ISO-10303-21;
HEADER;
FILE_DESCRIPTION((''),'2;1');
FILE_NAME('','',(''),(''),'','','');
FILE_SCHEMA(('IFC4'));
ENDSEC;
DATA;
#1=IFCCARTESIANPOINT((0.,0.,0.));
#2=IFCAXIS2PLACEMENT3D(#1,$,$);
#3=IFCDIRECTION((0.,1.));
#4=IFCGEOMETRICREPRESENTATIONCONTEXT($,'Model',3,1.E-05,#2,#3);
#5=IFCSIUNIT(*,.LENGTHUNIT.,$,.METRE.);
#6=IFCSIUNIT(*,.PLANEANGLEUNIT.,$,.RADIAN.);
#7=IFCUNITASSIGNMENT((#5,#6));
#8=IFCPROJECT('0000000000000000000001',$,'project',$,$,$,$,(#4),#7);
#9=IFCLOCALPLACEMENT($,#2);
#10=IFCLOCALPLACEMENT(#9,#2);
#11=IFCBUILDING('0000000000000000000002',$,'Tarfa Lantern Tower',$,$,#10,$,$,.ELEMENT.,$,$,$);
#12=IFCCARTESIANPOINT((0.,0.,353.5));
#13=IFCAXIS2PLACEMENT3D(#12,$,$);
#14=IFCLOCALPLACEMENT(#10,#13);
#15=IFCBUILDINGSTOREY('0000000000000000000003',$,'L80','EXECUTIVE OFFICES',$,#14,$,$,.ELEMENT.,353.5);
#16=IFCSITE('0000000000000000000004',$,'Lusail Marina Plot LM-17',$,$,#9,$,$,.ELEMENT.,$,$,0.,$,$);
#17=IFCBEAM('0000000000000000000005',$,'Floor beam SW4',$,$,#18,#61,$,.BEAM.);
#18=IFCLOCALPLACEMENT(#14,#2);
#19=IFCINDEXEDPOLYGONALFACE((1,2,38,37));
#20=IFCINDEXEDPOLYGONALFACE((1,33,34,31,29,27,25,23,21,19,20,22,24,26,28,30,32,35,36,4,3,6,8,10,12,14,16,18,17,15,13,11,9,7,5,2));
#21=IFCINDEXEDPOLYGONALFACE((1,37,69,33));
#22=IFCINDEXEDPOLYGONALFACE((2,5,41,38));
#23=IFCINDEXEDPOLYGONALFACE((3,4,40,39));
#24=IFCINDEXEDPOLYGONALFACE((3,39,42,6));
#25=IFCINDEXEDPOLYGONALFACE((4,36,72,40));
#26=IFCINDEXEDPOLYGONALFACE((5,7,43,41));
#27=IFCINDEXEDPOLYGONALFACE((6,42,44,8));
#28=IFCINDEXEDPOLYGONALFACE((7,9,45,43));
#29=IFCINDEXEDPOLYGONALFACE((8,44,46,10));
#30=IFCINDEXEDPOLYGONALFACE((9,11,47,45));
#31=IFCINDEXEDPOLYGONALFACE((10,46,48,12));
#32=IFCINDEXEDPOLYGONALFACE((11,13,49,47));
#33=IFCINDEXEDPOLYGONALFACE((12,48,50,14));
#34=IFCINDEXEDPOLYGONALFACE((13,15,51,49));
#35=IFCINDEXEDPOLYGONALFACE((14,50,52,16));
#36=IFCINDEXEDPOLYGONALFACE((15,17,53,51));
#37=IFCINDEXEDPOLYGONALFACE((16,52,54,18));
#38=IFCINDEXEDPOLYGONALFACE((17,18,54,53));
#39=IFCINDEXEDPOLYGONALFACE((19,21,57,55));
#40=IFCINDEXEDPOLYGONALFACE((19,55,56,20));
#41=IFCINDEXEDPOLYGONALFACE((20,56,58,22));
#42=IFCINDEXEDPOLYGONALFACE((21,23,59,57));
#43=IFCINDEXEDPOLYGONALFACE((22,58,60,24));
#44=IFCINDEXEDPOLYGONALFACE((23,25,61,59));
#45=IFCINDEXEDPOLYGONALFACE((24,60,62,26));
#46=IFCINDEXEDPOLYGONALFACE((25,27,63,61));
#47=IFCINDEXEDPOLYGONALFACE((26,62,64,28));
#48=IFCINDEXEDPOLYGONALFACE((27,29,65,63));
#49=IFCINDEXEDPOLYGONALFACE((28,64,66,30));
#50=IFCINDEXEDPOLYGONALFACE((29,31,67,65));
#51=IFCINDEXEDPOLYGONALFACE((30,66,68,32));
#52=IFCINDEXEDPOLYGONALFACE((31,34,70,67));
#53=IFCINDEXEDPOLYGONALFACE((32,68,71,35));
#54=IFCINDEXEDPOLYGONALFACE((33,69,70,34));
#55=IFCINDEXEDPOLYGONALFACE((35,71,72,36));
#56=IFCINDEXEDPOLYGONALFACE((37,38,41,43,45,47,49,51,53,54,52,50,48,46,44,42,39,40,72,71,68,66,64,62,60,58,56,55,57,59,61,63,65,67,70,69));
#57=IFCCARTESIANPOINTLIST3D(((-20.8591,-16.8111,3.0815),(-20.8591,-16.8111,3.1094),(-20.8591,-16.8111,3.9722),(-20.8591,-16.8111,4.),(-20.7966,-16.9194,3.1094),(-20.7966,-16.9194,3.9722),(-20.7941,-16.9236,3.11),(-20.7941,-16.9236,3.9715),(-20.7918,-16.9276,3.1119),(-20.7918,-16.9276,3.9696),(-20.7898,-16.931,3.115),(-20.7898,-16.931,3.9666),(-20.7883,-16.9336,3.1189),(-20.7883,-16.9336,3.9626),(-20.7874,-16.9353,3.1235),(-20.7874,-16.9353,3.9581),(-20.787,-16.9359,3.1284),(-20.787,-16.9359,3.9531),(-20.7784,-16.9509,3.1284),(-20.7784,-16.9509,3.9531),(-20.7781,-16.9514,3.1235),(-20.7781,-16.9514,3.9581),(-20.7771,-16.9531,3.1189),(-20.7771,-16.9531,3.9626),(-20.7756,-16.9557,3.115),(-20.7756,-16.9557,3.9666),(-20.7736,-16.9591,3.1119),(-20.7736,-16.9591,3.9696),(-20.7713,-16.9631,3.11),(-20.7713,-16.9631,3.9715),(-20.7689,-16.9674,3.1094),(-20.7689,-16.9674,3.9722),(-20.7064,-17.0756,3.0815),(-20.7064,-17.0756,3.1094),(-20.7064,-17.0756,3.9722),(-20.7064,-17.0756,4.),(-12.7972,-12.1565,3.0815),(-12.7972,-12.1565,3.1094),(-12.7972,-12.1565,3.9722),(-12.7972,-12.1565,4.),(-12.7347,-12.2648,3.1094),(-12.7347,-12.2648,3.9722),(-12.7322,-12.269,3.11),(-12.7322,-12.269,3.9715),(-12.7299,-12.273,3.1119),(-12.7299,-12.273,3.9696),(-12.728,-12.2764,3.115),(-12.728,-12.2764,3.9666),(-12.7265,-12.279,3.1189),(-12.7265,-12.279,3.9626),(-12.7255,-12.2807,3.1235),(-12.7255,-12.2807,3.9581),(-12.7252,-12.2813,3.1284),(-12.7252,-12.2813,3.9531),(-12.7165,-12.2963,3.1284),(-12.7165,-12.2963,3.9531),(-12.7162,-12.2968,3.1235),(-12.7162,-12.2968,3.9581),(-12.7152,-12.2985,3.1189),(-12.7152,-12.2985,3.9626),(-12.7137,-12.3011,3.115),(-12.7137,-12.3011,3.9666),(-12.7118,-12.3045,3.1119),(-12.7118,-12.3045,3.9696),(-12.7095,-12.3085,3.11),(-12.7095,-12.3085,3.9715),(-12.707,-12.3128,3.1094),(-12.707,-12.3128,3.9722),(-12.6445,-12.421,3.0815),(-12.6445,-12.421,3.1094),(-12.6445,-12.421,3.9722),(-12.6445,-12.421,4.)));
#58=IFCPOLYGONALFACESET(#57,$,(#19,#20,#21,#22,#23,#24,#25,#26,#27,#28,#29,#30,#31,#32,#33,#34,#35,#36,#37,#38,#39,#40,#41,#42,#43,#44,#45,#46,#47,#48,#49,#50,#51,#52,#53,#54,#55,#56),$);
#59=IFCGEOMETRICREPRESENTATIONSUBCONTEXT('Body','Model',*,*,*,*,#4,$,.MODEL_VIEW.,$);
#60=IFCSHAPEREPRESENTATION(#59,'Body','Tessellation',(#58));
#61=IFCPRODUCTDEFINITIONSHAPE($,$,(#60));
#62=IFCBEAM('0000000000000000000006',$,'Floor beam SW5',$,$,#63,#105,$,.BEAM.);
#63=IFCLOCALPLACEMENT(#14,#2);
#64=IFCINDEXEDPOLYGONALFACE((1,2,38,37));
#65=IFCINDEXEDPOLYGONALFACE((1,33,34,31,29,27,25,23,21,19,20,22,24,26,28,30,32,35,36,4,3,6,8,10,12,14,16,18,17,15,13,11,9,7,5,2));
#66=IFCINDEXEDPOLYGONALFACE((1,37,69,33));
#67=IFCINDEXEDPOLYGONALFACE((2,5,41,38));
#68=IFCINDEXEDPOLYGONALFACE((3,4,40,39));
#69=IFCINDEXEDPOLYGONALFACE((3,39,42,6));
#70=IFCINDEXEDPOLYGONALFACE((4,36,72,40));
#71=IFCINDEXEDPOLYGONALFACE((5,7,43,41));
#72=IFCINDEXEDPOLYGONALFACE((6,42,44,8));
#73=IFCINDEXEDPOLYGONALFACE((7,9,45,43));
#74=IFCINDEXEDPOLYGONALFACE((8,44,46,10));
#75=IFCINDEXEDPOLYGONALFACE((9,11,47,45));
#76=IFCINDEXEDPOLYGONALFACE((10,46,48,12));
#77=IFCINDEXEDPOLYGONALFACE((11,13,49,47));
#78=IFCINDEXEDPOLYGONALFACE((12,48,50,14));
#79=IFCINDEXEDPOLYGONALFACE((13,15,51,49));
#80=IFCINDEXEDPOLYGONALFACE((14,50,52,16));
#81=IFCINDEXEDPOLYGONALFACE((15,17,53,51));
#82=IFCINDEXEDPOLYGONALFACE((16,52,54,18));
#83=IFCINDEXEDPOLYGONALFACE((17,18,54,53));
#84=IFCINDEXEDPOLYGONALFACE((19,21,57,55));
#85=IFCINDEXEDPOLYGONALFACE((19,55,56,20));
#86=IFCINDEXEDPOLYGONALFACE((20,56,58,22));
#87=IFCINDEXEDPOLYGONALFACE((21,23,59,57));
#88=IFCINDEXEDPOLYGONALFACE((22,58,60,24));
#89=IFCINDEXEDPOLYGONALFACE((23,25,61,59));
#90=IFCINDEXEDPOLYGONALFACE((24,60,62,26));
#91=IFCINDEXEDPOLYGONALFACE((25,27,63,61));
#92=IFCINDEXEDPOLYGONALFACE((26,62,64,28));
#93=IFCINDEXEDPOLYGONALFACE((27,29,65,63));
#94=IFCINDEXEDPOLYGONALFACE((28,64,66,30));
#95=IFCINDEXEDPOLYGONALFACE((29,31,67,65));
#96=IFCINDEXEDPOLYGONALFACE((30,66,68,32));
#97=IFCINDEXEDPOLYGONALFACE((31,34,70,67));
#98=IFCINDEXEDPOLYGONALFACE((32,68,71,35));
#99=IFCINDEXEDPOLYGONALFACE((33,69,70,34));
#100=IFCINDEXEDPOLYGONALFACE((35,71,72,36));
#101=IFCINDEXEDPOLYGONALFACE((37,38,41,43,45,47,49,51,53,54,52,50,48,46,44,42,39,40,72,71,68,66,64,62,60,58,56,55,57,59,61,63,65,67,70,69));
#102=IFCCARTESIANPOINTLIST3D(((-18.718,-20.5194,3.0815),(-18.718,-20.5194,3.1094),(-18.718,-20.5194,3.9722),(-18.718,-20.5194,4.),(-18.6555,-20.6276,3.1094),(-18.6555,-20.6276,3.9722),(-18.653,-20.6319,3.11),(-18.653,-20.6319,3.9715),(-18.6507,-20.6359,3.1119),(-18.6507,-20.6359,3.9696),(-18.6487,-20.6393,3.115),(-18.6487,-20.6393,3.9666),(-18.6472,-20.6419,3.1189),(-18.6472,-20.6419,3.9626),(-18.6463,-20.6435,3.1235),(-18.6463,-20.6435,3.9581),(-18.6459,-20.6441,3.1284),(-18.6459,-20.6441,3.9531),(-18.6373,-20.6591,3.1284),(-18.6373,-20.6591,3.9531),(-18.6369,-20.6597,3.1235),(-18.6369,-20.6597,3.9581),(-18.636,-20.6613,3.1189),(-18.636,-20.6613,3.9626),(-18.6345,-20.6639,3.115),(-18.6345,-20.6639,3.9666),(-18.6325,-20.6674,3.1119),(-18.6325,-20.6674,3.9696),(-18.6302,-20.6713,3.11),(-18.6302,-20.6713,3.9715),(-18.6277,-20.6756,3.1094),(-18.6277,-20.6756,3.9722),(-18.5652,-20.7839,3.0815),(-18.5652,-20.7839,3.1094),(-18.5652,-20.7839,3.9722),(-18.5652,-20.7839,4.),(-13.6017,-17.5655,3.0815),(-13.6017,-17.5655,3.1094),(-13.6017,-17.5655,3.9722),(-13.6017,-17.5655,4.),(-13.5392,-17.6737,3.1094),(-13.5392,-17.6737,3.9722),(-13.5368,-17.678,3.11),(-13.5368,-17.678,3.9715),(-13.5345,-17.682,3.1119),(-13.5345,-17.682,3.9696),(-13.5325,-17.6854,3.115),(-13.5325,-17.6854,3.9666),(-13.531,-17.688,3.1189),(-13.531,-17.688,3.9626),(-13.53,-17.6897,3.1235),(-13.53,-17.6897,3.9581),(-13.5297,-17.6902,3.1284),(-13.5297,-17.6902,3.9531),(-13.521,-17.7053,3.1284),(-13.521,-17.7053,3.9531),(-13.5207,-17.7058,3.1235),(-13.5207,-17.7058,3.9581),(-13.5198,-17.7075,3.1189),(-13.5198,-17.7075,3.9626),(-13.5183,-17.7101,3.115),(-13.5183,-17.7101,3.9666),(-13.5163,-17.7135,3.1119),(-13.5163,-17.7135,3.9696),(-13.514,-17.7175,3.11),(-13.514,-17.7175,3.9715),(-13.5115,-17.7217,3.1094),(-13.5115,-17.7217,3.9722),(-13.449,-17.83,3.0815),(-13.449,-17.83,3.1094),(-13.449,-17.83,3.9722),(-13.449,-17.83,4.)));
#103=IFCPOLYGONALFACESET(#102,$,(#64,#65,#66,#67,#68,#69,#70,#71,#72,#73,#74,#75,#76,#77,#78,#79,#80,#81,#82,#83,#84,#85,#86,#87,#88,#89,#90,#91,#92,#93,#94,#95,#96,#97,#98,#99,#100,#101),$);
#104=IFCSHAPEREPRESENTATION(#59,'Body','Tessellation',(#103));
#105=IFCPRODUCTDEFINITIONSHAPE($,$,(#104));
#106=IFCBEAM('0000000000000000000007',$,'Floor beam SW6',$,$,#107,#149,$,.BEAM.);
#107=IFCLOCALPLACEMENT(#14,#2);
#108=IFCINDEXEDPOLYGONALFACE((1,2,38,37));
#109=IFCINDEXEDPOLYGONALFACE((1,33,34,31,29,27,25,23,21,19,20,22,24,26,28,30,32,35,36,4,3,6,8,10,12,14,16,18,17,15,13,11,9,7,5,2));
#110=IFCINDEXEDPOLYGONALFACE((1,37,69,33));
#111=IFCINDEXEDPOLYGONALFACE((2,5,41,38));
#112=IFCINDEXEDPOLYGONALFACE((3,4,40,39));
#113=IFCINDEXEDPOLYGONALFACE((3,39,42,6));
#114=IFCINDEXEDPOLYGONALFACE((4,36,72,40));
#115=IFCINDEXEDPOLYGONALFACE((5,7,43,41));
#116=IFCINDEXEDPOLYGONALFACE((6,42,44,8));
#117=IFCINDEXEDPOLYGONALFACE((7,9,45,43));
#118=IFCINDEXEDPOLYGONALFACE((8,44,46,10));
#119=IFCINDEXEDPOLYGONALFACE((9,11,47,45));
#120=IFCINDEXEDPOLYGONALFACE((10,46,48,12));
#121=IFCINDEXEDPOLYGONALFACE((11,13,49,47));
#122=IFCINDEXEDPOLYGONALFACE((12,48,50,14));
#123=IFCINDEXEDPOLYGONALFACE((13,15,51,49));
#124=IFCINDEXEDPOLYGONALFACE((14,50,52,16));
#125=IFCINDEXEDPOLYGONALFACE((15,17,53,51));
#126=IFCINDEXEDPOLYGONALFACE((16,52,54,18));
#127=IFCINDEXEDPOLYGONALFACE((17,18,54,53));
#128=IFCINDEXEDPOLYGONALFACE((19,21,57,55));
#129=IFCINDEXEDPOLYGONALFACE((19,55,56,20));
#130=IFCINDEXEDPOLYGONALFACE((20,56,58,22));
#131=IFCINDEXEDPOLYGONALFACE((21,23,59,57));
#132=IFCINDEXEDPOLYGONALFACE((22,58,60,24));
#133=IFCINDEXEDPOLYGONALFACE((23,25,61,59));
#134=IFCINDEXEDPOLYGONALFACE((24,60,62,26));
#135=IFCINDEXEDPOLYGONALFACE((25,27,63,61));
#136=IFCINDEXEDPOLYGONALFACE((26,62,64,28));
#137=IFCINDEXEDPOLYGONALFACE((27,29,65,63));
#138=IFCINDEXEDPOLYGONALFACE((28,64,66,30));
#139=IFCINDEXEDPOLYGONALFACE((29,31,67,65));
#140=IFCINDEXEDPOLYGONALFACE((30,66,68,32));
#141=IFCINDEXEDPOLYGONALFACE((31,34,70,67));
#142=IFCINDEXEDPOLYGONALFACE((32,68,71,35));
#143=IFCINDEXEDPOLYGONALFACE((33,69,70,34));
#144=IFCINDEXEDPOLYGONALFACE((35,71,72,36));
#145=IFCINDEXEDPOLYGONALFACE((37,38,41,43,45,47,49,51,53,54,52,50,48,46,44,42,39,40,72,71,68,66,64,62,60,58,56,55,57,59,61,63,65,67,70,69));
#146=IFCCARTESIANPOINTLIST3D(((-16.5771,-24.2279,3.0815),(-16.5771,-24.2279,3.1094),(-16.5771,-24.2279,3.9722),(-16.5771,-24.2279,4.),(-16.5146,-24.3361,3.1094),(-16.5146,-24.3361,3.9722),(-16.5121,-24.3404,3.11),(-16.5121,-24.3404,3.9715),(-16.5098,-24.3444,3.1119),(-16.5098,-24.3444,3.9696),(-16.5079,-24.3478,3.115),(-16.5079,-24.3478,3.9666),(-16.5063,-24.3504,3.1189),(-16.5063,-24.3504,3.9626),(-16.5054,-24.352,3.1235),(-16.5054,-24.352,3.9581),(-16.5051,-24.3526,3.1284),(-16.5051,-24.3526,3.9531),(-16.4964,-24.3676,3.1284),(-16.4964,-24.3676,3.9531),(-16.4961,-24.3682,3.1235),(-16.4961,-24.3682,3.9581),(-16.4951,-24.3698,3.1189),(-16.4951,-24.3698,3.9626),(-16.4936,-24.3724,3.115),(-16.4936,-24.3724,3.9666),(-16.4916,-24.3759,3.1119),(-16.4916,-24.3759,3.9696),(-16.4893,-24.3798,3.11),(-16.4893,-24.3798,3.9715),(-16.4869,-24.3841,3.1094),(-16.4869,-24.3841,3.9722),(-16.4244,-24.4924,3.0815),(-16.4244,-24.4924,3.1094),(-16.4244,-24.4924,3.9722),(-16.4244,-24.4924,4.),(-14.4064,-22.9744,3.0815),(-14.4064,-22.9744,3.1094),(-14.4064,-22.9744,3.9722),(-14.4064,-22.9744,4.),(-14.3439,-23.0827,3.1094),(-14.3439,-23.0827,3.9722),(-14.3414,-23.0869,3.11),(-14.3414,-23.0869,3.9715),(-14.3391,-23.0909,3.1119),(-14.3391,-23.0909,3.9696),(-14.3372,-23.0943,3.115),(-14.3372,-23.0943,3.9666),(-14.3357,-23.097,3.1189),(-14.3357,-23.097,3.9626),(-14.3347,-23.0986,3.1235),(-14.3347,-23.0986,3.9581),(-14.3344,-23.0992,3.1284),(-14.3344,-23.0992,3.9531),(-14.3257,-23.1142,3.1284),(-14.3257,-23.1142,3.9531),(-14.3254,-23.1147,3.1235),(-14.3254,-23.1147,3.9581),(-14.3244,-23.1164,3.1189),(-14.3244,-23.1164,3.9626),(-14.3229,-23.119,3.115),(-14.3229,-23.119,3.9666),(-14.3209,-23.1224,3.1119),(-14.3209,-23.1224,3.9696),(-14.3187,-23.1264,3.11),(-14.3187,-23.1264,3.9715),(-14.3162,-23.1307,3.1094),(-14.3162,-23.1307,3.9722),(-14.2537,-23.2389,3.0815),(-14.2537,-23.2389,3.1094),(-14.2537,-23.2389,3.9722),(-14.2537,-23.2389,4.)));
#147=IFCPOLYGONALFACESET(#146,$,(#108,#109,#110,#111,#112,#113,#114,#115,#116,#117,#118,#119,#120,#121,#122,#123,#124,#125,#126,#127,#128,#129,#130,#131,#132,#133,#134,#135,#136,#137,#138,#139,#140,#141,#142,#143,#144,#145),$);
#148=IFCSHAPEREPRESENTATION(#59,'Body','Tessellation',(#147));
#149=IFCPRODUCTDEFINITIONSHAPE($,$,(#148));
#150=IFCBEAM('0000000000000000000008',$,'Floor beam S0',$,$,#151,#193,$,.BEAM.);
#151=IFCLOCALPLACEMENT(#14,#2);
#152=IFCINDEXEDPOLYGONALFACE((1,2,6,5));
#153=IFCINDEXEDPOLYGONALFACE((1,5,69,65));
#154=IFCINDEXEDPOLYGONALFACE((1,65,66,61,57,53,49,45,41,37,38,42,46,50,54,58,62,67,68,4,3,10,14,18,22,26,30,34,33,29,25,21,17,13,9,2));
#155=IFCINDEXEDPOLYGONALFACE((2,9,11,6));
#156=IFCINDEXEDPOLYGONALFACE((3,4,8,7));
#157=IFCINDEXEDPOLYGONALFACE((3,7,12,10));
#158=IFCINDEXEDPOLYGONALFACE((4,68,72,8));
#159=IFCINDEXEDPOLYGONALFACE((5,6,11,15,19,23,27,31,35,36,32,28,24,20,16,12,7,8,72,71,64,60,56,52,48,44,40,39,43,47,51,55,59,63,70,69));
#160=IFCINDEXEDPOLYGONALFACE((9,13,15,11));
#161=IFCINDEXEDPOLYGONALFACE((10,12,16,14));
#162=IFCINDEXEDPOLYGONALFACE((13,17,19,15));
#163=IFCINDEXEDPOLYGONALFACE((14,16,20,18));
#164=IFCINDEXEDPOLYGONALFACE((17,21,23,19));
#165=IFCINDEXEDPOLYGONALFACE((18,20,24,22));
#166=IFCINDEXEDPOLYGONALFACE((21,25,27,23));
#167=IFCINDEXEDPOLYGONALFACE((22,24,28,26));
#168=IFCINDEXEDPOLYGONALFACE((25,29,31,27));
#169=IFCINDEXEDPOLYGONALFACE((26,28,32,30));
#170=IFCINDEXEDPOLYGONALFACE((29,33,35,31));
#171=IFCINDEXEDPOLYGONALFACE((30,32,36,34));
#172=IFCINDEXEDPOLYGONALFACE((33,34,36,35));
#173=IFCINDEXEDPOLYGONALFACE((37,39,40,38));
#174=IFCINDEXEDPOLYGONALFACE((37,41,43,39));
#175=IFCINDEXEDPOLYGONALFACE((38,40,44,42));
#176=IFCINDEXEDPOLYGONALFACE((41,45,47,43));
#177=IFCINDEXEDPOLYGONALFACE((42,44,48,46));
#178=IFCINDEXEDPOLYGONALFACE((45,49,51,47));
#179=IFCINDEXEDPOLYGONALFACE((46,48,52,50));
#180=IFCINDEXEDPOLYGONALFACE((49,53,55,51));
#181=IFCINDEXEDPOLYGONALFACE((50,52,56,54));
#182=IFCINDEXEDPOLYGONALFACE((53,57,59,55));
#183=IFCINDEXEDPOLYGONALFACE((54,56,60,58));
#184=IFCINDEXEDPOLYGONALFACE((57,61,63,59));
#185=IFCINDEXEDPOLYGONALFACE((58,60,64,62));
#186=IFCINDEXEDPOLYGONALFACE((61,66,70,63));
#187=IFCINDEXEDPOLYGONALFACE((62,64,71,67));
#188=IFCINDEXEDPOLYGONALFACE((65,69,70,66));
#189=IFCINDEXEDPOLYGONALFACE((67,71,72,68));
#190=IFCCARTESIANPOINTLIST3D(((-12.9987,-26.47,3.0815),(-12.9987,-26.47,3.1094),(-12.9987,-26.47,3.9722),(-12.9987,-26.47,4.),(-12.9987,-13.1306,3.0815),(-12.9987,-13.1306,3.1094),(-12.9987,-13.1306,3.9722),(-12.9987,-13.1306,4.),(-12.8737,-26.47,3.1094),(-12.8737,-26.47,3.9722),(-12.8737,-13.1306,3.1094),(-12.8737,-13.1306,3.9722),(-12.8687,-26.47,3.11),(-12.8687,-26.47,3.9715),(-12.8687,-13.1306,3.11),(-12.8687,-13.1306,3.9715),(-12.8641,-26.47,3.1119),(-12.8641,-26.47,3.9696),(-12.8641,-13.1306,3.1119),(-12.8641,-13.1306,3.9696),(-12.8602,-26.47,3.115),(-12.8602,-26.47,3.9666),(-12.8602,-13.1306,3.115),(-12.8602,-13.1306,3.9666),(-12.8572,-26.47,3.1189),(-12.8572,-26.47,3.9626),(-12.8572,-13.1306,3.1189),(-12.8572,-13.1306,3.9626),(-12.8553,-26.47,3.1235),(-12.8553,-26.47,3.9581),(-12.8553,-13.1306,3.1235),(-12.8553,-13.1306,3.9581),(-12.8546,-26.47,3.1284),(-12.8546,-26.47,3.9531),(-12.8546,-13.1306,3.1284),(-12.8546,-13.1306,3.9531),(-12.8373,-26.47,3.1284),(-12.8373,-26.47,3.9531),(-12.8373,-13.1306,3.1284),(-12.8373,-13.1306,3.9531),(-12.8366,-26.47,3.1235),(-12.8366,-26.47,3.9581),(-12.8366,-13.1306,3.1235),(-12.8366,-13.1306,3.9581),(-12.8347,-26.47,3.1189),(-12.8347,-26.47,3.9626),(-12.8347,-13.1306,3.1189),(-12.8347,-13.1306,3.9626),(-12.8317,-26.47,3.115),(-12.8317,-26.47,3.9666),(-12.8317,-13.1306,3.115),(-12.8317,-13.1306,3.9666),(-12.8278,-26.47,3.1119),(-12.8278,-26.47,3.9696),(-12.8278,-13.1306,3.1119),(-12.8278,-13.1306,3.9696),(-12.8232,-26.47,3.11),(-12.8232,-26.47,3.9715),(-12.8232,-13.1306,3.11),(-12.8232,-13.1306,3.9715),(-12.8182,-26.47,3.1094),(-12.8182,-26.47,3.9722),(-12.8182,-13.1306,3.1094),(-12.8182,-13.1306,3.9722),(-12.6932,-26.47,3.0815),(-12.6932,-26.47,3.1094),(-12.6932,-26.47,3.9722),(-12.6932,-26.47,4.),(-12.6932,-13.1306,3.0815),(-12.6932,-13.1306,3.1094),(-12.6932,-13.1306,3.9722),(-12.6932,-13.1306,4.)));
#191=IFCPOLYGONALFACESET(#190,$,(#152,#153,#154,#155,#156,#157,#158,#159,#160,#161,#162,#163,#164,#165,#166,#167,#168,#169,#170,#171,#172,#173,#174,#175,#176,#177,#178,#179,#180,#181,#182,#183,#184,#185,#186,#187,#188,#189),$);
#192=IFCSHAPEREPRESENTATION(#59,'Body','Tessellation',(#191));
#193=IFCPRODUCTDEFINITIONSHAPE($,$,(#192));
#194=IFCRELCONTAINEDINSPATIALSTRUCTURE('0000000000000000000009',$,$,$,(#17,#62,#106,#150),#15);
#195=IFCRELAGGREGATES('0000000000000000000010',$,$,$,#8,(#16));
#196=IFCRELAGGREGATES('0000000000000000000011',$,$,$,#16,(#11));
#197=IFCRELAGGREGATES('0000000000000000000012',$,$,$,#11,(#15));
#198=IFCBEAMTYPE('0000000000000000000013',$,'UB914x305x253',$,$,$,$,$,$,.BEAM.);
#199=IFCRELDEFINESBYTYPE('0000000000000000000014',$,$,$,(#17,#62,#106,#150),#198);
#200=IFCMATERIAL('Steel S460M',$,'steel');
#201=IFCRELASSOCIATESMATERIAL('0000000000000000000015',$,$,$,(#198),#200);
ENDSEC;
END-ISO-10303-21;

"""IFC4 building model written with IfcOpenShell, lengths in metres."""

from ifc_helpers import new_model, si_unit, direction, frame, origin, origin_2d, place, context, subcontext, project, spatial, i_section, extrude, material, material_profile, profile_set, type_object, element, save


model = new_model("IFC4")

# Units and contexts
model_context = context("Model", 3, precision=1e-05, world=origin(), true_north=direction((0.0, 1.0)))
body_context = subcontext(model_context, "Body", "Model", "MODEL_VIEW")
ifc_project = project(units=[si_unit("LENGTHUNIT", "METRE"), si_unit("PLANEANGLEUNIT", "RADIAN")], contexts=[model_context])

# Site, building, storey
site_placement = place(None, origin())
site = spatial("IfcSite", under=ifc_project, at=site_placement, Name="Lusail Marina Plot LM-17", CompositionType="ELEMENT", RefElevation=0.0)
building_placement = place(site_placement, origin())
building = spatial("IfcBuilding", under=site, at=building_placement, Name="Tarfa Lantern Tower", CompositionType="ELEMENT")
storey_placement = place(building_placement, frame((0.0, 0.0, 353.5)))
storey = spatial("IfcBuildingStorey", under=building, at=storey_placement, Name="L80", Description="EXECUTIVE OFFICES", CompositionType="ELEMENT", Elevation=353.5)

# Beams
ifc_material_1 = material(Name="Steel S460M", Category="steel")
ifc_material_profile_1 = material_profile(ifc_material_1, i_section(OverallWidth=0.3054, OverallDepth=0.9185, WebThickness=0.0173, FlangeThickness=0.0278, FilletRadius=0.019, at=origin_2d()), Name="UB914x305x253")
ifc_profile_set_1 = profile_set([ifc_material_profile_1], Name="Steel S460M")
beam_type_1 = type_object("IfcBeamType", Name="UB914x305x253", PredefinedType="BEAM", material=ifc_profile_set_1)
beam_1_placement = place(storey_placement, frame((-20.7827, -16.9434, 3.5408), z_axis=(0.866022, 0.500006, 0.0), x_axis=(-0.500006, 0.866022, 0.0)))
element("IfcBeam", 1, at=beam_1_placement, inside=storey, type_object=beam_type_1, Name="Floor beam SW4", PredefinedType="BEAM", context=body_context, shape_type="SweptSolid", body=[
    extrude(i_section(OverallWidth=0.3054, OverallDepth=0.9185, WebThickness=0.0173, FlangeThickness=0.0278, FilletRadius=0.019, at=origin_2d()), origin(), (0.0, 0.0, 1.0), 9.3091),
])
beam_2_placement = place(storey_placement, frame((-18.6416, -20.6516, 3.5408), z_axis=(0.866025, 0.500001, 0.0), x_axis=(-0.500001, 0.866025, 0.0)))
element("IfcBeam", 2, at=beam_2_placement, inside=storey, type_object=beam_type_1, Name="Floor beam SW5", PredefinedType="BEAM", context=body_context, shape_type="SweptSolid", body=[
    extrude(i_section(OverallWidth=0.3054, OverallDepth=0.9185, WebThickness=0.0173, FlangeThickness=0.0278, FilletRadius=0.019, at=origin_2d()), origin(), (0.0, 0.0, 1.0), 5.9077),
])
beam_3_placement = place(storey_placement, frame((-16.5007, -24.3601, 3.5408), z_axis=(0.865993, 0.500057, 0.0), x_axis=(-0.500057, 0.865993, 0.0)))
element("IfcBeam", 3, at=beam_3_placement, inside=storey, type_object=beam_type_1, Name="Floor beam SW6", PredefinedType="BEAM", context=body_context, shape_type="SweptSolid", body=[
    extrude(i_section(OverallWidth=0.3054, OverallDepth=0.9185, WebThickness=0.0173, FlangeThickness=0.0278, FilletRadius=0.019, at=origin_2d()), origin(), (0.0, 0.0, 1.0), 2.5066),
])
beam_4_placement = place(storey_placement, frame((-12.8459, -26.47, 3.5408), z_axis=(0.0, 1.0, 0.0), x_axis=(-1.0, 0.0, 0.0)))
element("IfcBeam", 4, at=beam_4_placement, inside=storey, type_object=beam_type_1, Name="Floor beam S0", PredefinedType="BEAM", context=body_context, shape_type="SweptSolid", body=[
    extrude(i_section(OverallWidth=0.3054, OverallDepth=0.9185, WebThickness=0.0173, FlangeThickness=0.0278, FilletRadius=0.019, at=origin_2d()), origin(), (0.0, 0.0, 1.0), 13.3394),
])

save(model, "model.ifc")
